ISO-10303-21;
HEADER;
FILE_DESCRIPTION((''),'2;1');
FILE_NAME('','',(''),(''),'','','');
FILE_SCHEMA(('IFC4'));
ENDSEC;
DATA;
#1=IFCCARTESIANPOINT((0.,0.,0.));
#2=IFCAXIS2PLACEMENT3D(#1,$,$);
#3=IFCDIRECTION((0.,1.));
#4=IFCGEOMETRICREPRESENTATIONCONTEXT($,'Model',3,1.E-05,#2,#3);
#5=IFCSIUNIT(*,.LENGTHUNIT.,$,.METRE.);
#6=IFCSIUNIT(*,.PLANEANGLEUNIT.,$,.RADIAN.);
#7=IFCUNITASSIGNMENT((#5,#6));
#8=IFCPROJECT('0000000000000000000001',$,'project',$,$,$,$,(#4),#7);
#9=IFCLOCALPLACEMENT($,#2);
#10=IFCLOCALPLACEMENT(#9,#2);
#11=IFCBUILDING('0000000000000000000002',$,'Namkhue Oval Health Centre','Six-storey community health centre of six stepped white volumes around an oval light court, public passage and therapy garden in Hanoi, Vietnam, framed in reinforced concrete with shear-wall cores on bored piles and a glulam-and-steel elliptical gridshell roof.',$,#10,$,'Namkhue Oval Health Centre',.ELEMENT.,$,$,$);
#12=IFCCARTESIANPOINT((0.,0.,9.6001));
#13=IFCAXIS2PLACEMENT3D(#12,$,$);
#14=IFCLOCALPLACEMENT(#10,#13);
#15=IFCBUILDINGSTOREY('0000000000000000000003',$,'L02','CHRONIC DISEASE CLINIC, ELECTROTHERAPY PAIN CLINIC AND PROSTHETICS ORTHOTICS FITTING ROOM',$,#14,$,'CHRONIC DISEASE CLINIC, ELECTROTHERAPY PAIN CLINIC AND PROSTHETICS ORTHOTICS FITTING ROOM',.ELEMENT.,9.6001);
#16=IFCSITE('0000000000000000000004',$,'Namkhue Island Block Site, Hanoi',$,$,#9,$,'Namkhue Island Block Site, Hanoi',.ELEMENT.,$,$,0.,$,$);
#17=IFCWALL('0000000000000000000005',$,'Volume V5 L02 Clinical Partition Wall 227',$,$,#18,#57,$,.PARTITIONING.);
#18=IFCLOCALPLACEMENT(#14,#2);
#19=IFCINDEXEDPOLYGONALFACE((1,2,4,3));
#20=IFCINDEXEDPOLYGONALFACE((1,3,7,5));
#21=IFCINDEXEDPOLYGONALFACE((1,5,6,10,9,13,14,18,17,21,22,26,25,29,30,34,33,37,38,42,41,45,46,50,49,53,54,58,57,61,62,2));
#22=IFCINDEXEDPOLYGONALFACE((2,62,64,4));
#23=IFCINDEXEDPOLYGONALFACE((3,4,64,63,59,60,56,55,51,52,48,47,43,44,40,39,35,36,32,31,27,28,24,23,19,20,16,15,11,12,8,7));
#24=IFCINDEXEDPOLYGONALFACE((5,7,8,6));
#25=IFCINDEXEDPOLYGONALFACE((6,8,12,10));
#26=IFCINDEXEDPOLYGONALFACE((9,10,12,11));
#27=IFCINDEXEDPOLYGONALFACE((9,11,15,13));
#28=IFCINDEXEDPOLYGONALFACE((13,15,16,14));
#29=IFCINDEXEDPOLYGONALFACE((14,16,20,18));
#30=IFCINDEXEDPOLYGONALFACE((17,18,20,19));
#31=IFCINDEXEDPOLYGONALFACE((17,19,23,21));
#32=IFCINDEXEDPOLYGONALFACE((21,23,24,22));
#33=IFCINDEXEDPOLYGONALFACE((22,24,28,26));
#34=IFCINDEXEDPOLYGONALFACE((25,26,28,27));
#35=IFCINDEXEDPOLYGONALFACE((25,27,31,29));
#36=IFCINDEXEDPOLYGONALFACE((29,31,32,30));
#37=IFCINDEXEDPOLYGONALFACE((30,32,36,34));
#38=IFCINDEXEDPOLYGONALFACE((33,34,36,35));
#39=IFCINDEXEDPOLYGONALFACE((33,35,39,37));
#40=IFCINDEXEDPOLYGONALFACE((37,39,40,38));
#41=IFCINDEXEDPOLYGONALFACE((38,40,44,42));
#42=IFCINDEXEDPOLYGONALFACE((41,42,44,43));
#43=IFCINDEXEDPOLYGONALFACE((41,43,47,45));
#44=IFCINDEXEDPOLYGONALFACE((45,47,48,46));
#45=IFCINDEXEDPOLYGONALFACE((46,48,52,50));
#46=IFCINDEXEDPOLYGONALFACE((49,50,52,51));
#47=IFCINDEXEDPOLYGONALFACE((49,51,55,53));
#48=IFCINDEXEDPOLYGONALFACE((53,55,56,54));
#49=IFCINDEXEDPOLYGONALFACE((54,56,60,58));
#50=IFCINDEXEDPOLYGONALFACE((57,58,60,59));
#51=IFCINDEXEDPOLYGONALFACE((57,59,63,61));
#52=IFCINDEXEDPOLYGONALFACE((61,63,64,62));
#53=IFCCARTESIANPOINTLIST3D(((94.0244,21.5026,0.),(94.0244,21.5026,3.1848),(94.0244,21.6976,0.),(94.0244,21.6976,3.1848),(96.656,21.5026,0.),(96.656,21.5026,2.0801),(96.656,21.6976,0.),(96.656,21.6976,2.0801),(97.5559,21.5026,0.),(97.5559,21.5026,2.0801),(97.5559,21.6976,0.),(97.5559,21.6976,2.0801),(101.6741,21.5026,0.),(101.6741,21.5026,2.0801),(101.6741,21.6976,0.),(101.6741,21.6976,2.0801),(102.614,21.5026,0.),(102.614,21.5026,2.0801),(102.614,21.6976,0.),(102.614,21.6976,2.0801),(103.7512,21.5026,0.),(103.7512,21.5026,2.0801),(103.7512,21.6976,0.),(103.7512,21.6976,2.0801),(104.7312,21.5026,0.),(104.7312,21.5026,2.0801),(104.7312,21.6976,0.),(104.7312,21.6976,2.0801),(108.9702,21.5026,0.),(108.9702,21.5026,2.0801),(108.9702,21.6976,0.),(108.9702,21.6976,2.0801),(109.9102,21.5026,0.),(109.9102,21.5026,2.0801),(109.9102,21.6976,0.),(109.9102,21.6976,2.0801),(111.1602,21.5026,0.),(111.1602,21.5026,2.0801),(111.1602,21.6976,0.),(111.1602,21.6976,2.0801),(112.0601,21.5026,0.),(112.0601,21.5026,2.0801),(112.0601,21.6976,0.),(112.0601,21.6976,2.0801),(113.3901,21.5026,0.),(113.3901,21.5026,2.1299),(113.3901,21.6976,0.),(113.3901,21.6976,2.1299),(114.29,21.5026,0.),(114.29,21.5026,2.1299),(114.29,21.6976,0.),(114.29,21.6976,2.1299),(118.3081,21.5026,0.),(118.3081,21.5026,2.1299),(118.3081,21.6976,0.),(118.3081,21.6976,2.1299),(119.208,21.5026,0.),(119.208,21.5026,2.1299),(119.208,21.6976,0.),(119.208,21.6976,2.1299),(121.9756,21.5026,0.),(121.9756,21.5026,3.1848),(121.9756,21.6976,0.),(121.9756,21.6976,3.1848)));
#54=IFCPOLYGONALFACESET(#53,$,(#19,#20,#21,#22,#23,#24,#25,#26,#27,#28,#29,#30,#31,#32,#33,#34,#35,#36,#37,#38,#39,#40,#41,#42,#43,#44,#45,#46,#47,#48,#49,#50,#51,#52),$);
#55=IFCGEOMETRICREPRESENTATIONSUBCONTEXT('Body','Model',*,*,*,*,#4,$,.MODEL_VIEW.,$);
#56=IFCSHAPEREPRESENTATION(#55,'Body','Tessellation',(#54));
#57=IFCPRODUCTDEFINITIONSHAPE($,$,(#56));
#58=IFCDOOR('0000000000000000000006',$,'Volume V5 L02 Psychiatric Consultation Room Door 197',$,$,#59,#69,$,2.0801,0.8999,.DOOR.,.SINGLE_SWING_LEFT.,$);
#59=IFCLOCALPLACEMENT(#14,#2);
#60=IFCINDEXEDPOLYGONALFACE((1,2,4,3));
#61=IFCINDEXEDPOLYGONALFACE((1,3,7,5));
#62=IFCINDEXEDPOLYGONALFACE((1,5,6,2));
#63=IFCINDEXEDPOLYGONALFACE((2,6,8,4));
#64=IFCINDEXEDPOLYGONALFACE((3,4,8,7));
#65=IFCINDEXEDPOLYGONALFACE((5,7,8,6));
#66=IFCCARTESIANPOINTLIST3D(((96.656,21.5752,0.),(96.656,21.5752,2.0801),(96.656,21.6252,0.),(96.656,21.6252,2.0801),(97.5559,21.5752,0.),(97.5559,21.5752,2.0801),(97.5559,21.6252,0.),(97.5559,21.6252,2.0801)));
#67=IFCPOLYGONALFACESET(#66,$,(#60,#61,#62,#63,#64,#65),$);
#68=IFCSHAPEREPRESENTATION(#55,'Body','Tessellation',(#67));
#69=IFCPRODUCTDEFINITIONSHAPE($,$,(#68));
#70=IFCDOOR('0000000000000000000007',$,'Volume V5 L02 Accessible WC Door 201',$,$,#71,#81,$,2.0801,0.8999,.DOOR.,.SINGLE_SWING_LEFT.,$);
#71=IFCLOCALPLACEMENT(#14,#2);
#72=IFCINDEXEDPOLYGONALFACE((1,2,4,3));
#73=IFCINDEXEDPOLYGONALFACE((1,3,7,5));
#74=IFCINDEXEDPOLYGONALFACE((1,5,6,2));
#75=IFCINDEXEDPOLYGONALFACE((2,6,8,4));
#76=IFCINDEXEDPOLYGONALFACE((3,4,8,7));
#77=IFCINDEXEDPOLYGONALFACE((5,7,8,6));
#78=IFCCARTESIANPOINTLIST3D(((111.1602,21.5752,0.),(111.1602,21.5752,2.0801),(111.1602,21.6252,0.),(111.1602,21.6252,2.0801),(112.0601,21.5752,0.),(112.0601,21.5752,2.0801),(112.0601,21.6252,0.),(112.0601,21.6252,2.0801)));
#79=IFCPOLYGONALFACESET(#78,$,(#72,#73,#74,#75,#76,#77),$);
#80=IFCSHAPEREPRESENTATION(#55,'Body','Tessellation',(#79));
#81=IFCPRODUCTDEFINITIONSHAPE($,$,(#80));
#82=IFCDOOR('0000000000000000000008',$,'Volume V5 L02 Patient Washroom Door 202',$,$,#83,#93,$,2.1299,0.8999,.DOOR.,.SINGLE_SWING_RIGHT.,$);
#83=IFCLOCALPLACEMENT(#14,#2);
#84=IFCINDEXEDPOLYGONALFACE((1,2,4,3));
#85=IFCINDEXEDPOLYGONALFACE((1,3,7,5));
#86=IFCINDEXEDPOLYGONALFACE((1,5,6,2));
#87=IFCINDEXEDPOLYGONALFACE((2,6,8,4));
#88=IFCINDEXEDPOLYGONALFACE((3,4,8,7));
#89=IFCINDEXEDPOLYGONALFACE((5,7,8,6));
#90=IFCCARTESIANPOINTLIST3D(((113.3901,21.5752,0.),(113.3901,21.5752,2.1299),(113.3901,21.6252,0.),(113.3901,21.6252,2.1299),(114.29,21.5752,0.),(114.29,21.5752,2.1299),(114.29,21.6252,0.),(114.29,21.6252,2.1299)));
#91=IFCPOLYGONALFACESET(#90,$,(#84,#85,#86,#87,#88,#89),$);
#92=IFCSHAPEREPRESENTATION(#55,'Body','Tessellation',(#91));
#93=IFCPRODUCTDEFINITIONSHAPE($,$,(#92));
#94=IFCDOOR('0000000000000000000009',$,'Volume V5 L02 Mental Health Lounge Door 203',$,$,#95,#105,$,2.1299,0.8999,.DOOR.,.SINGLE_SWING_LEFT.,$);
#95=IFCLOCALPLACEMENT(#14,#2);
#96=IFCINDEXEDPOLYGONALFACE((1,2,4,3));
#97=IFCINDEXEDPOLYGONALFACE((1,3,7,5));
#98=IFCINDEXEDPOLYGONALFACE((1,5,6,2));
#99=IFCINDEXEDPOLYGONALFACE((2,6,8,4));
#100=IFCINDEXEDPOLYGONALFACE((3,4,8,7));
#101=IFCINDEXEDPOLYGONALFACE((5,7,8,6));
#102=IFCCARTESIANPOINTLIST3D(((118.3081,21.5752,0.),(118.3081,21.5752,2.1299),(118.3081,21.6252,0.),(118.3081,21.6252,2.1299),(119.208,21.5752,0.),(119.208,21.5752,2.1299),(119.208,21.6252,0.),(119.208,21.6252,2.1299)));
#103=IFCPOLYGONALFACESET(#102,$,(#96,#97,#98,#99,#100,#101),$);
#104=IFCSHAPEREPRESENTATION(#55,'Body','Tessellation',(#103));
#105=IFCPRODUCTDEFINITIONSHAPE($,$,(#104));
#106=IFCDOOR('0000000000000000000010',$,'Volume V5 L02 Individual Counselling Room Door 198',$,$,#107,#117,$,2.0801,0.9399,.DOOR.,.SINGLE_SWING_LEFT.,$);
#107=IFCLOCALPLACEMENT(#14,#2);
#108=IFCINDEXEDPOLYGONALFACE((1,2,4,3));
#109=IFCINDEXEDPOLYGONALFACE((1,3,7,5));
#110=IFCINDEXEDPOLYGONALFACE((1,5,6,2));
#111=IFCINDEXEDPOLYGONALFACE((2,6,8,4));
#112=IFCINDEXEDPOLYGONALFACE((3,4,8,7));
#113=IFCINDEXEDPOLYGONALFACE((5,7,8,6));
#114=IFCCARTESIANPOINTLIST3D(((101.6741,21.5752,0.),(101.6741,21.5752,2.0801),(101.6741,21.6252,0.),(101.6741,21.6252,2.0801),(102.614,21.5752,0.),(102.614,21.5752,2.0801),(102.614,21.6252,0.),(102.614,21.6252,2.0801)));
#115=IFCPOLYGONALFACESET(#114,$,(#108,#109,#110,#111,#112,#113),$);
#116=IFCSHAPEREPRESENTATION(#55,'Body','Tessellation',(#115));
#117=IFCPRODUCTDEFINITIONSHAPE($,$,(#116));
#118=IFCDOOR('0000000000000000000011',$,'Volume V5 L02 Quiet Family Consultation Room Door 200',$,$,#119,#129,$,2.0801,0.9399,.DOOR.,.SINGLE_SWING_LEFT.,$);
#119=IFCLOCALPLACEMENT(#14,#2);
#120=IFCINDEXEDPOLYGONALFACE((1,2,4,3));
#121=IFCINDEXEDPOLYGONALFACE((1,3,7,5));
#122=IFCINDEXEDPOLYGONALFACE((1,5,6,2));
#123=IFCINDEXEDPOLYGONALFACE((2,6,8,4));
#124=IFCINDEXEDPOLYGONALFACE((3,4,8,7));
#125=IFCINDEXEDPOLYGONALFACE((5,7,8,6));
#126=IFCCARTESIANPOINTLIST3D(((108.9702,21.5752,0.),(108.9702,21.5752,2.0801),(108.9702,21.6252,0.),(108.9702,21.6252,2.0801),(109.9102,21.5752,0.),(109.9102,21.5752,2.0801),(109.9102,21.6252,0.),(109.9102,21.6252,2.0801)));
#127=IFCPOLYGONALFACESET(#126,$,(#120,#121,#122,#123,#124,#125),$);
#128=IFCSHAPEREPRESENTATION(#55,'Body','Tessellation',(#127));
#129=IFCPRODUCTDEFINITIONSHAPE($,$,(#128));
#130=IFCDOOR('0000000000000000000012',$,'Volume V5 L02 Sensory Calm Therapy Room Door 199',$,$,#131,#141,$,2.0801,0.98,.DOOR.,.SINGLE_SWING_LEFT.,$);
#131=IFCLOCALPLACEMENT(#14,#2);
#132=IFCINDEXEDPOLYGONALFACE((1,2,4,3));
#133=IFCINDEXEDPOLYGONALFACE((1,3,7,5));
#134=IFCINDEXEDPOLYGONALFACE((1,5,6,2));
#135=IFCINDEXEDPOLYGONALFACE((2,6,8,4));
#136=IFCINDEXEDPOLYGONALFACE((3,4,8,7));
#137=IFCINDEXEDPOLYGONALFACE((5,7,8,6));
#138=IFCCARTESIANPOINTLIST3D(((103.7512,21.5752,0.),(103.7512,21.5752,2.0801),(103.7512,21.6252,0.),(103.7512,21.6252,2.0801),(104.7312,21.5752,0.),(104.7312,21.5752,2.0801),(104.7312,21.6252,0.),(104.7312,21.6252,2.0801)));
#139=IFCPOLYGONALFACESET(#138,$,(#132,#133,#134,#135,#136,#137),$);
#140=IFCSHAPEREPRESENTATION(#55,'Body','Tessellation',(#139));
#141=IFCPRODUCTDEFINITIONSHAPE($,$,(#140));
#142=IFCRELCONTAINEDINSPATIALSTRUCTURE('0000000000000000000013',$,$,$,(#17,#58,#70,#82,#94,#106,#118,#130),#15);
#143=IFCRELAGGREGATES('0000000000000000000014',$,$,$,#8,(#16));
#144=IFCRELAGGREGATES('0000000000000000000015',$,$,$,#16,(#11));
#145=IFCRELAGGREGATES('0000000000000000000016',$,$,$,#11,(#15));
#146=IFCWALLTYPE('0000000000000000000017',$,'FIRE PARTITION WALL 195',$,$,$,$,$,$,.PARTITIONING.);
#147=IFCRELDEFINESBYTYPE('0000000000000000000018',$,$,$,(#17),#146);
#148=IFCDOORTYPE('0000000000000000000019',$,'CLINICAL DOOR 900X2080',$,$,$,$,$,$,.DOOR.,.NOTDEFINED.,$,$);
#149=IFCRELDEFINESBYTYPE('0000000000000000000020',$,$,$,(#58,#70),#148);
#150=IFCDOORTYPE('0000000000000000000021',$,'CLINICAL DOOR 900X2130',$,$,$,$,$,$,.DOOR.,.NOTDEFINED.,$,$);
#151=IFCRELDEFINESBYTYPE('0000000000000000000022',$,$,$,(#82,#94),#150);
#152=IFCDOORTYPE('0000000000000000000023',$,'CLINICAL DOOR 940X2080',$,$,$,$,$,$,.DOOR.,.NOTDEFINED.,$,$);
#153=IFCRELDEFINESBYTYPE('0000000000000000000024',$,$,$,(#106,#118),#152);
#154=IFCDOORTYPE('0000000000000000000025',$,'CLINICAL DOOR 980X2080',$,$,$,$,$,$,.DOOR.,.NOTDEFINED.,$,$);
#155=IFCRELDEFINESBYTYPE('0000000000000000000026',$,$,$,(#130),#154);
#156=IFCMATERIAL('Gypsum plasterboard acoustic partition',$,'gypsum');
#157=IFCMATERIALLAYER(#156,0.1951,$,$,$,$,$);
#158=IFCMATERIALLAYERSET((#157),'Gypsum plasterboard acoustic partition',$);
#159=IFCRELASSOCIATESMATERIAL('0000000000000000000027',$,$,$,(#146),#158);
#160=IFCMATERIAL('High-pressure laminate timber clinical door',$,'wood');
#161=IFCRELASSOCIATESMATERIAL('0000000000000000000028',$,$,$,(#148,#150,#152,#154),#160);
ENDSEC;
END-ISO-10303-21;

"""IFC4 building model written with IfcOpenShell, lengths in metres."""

from ifc_helpers import new_model, si_unit, direction, frame, frame_2d, origin, place, context, subcontext, project, spatial, rectangle, extrude, material, layer, layer_set, type_object, element, fill, save


model = new_model("IFC4")

# Units and contexts
model_context = context("Model", 3, precision=1e-05, world=origin(), true_north=direction((0.0, 1.0)))
body_context = subcontext(model_context, "Body", "Model", "MODEL_VIEW")
ifc_project = project(units=[si_unit("LENGTHUNIT", "METRE"), si_unit("PLANEANGLEUNIT", "RADIAN")], contexts=[model_context])

# Site, building, storey
site_placement = place(None, origin())
site = spatial("IfcSite", under=ifc_project, at=site_placement, Name="Namkhue Island Block Site, Hanoi", LongName="Namkhue Island Block Site, Hanoi", CompositionType="ELEMENT", RefElevation=0.0)
building_placement = place(site_placement, origin())
building = spatial("IfcBuilding", under=site, at=building_placement, Name="Namkhue Oval Health Centre", Description="Six-storey community health centre of six stepped white volumes around an oval light court, public passage and therapy garden in Hanoi, Vietnam, framed in reinforced concrete with shear-wall cores on bored piles and a glulam-and-steel elliptical gridshell roof.", LongName="Namkhue Oval Health Centre", CompositionType="ELEMENT")
storey_placement = place(building_placement, frame((0.0, 0.0, 9.6001)))
storey = spatial("IfcBuildingStorey", under=building, at=storey_placement, Name="L02", Description="CHRONIC DISEASE CLINIC, ELECTROTHERAPY PAIN CLINIC AND PROSTHETICS ORTHOTICS FITTING ROOM", LongName="CHRONIC DISEASE CLINIC, ELECTROTHERAPY PAIN CLINIC AND PROSTHETICS ORTHOTICS FITTING ROOM", CompositionType="ELEMENT", Elevation=9.6001)

# Wall, openings, doors
ifc_material_1 = material(Name="Gypsum plasterboard acoustic partition", Category="gypsum")
ifc_layer_1 = layer(ifc_material_1, 0.1951)
ifc_layer_set_1 = layer_set([ifc_layer_1], Name="Gypsum plasterboard acoustic partition")
wall_type_1 = type_object("IfcWallType", Name="FIRE PARTITION WALL 195", PredefinedType="PARTITIONING", material=ifc_layer_set_1)
wall_1_placement = place(storey_placement, frame((94.0244, 21.6001, 0.0), z_axis=(0.0, 0.0, 1.0), x_axis=(1.0, 0.0, 0.0)))
wall_1 = element("IfcWall", 1, at=wall_1_placement, inside=storey, type_object=wall_type_1, Name="Volume V5 L02 Clinical Partition Wall 227", PredefinedType="PARTITIONING", context=body_context, shape_type="SweptSolid", body=[
    extrude(rectangle(XDim=27.9512, YDim=0.1951, at=frame_2d((13.9756, 0.0))), origin(), (0.0, 0.0, 1.0), 3.1848),
])
opening_1_placement = place(wall_1_placement, frame((2.6316, 0.0, 0.0)))
opening_1 = element("IfcOpeningElement", 2, at=opening_1_placement, cuts=wall_1, PredefinedType="OPENING", context=body_context, shape_type="SweptSolid", body=[
    extrude(rectangle(XDim=0.8999, YDim=2.0801, at=frame_2d((0.45, 1.04))), frame((0.0, 0.1074, 0.0), z_axis=(0.0, -1.0, 0.0), x_axis=(1.0, 0.0, 0.0)), (0.0, 0.0, 1.0), 0.2151),
])
opening_2_placement = place(wall_1_placement, frame((7.6497, 0.0, 0.0)))
opening_2 = element("IfcOpeningElement", 3, at=opening_2_placement, cuts=wall_1, PredefinedType="OPENING", context=body_context, shape_type="SweptSolid", body=[
    extrude(rectangle(XDim=0.9399, YDim=2.0801, at=frame_2d((0.47, 1.04))), frame((0.0, 0.1074, 0.0), z_axis=(0.0, -1.0, 0.0), x_axis=(1.0, 0.0, 0.0)), (0.0, 0.0, 1.0), 0.2151),
])
opening_3_placement = place(wall_1_placement, frame((9.7268, 0.0, 0.0)))
opening_3 = element("IfcOpeningElement", 4, at=opening_3_placement, cuts=wall_1, PredefinedType="OPENING", context=body_context, shape_type="SweptSolid", body=[
    extrude(rectangle(XDim=0.98, YDim=2.0801, at=frame_2d((0.49, 1.04))), frame((0.0, 0.1074, 0.0), z_axis=(0.0, -1.0, 0.0), x_axis=(1.0, 0.0, 0.0)), (0.0, 0.0, 1.0), 0.2151),
])
opening_4_placement = place(wall_1_placement, frame((14.9458, 0.0, 0.0)))
opening_4 = element("IfcOpeningElement", 5, at=opening_4_placement, cuts=wall_1, PredefinedType="OPENING", context=body_context, shape_type="SweptSolid", body=[
    extrude(rectangle(XDim=0.9399, YDim=2.0801, at=frame_2d((0.47, 1.04))), frame((0.0, 0.1074, 0.0), z_axis=(0.0, -1.0, 0.0), x_axis=(1.0, 0.0, 0.0)), (0.0, 0.0, 1.0), 0.2151),
])
opening_5_placement = place(wall_1_placement, frame((17.1357, 0.0, 0.0)))
opening_5 = element("IfcOpeningElement", 6, at=opening_5_placement, cuts=wall_1, PredefinedType="OPENING", context=body_context, shape_type="SweptSolid", body=[
    extrude(rectangle(XDim=0.8999, YDim=2.0801, at=frame_2d((0.45, 1.04))), frame((0.0, 0.1074, 0.0), z_axis=(0.0, -1.0, 0.0), x_axis=(1.0, 0.0, 0.0)), (0.0, 0.0, 1.0), 0.2151),
])
opening_6_placement = place(wall_1_placement, frame((19.3657, 0.0, 0.0)))
opening_6 = element("IfcOpeningElement", 7, at=opening_6_placement, cuts=wall_1, PredefinedType="OPENING", context=body_context, shape_type="SweptSolid", body=[
    extrude(rectangle(XDim=0.8999, YDim=2.1299, at=frame_2d((0.45, 1.0649))), frame((0.0, 0.1074, 0.0), z_axis=(0.0, -1.0, 0.0), x_axis=(1.0, 0.0, 0.0)), (0.0, 0.0, 1.0), 0.2151),
])
opening_7_placement = place(wall_1_placement, frame((24.2837, 0.0, 0.0)))
opening_7 = element("IfcOpeningElement", 8, at=opening_7_placement, cuts=wall_1, PredefinedType="OPENING", context=body_context, shape_type="SweptSolid", body=[
    extrude(rectangle(XDim=0.8999, YDim=2.1299, at=frame_2d((0.45, 1.0649))), frame((0.0, 0.1074, 0.0), z_axis=(0.0, -1.0, 0.0), x_axis=(1.0, 0.0, 0.0)), (0.0, 0.0, 1.0), 0.2151),
])
ifc_material_2 = material(Name="High-pressure laminate timber clinical door", Category="wood")
door_type_1 = type_object("IfcDoorType", Name="CLINICAL DOOR 900X2080", OperationType="NOTDEFINED", PredefinedType="DOOR", material=ifc_material_2)
door_1_placement = place(opening_1_placement, frame((0.8999, 0.0, 0.0), z_axis=(0.0, 0.0, 1.0), x_axis=(-1.0, 0.0, 0.0)))
door_1 = element("IfcDoor", 9, at=door_1_placement, inside=storey, type_object=door_type_1, Name="Volume V5 L02 Psychiatric Consultation Room Door 197", OperationType="SINGLE_SWING_LEFT", OverallHeight=2.0801, OverallWidth=0.8999, PredefinedType="DOOR", context=body_context, shape_type="SweptSolid", body=[
    extrude(rectangle(XDim=0.8999, YDim=2.0801, at=frame_2d((0.45, 1.04))), frame((0.0, 0.0249, 0.0), z_axis=(0.0, -1.0, 0.0), x_axis=(1.0, 0.0, 0.0)), (0.0, 0.0, 1.0), 0.05),
])
fill(opening_1, door_1)
door_2_placement = place(opening_5_placement, frame((0.8999, 0.0, 0.0), z_axis=(0.0, 0.0, 1.0), x_axis=(-1.0, 0.0, 0.0)))
door_2 = element("IfcDoor", 10, at=door_2_placement, inside=storey, type_object=door_type_1, Name="Volume V5 L02 Accessible WC Door 201", OperationType="SINGLE_SWING_LEFT", OverallHeight=2.0801, OverallWidth=0.8999, PredefinedType="DOOR", context=body_context, shape_type="SweptSolid", body=[
    extrude(rectangle(XDim=0.8999, YDim=2.0801, at=frame_2d((0.45, 1.04))), frame((0.0, 0.0249, 0.0), z_axis=(0.0, -1.0, 0.0), x_axis=(1.0, 0.0, 0.0)), (0.0, 0.0, 1.0), 0.05),
])
fill(opening_5, door_2)
door_type_2 = type_object("IfcDoorType", Name="CLINICAL DOOR 900X2130", OperationType="NOTDEFINED", PredefinedType="DOOR", material=ifc_material_2)
door_3_placement = place(opening_6_placement, frame((0.8999, 0.0, 0.0), z_axis=(0.0, 0.0, 1.0), x_axis=(-1.0, 0.0, 0.0)))
door_3 = element("IfcDoor", 11, at=door_3_placement, inside=storey, type_object=door_type_2, Name="Volume V5 L02 Patient Washroom Door 202", OperationType="SINGLE_SWING_RIGHT", OverallHeight=2.1299, OverallWidth=0.8999, PredefinedType="DOOR", context=body_context, shape_type="SweptSolid", body=[
    extrude(rectangle(XDim=0.8999, YDim=2.1299, at=frame_2d((0.45, 1.0649))), frame((0.0, 0.0249, 0.0), z_axis=(0.0, -1.0, 0.0), x_axis=(1.0, 0.0, 0.0)), (0.0, 0.0, 1.0), 0.05),
])
fill(opening_6, door_3)
door_4_placement = place(opening_7_placement, frame((0.8999, 0.0, 0.0), z_axis=(0.0, 0.0, 1.0), x_axis=(-1.0, 0.0, 0.0)))
door_4 = element("IfcDoor", 12, at=door_4_placement, inside=storey, type_object=door_type_2, Name="Volume V5 L02 Mental Health Lounge Door 203", OperationType="SINGLE_SWING_LEFT", OverallHeight=2.1299, OverallWidth=0.8999, PredefinedType="DOOR", context=body_context, shape_type="SweptSolid", body=[
    extrude(rectangle(XDim=0.8999, YDim=2.1299, at=frame_2d((0.45, 1.0649))), frame((0.0, 0.0249, 0.0), z_axis=(0.0, -1.0, 0.0), x_axis=(1.0, 0.0, 0.0)), (0.0, 0.0, 1.0), 0.05),
])
fill(opening_7, door_4)
door_type_3 = type_object("IfcDoorType", Name="CLINICAL DOOR 940X2080", OperationType="NOTDEFINED", PredefinedType="DOOR", material=ifc_material_2)
door_5_placement = place(opening_2_placement, frame((0.9399, 0.0, 0.0), z_axis=(0.0, 0.0, 1.0), x_axis=(-1.0, 0.0, 0.0)))
door_5 = element("IfcDoor", 13, at=door_5_placement, inside=storey, type_object=door_type_3, Name="Volume V5 L02 Individual Counselling Room Door 198", OperationType="SINGLE_SWING_LEFT", OverallHeight=2.0801, OverallWidth=0.9399, PredefinedType="DOOR", context=body_context, shape_type="SweptSolid", body=[
    extrude(rectangle(XDim=0.9399, YDim=2.0801, at=frame_2d((0.47, 1.04))), frame((0.0, 0.0249, 0.0), z_axis=(0.0, -1.0, 0.0), x_axis=(1.0, 0.0, 0.0)), (0.0, 0.0, 1.0), 0.05),
])
fill(opening_2, door_5)
door_6_placement = place(opening_4_placement, frame((0.9399, 0.0, 0.0), z_axis=(0.0, 0.0, 1.0), x_axis=(-1.0, 0.0, 0.0)))
door_6 = element("IfcDoor", 14, at=door_6_placement, inside=storey, type_object=door_type_3, Name="Volume V5 L02 Quiet Family Consultation Room Door 200", OperationType="SINGLE_SWING_LEFT", OverallHeight=2.0801, OverallWidth=0.9399, PredefinedType="DOOR", context=body_context, shape_type="SweptSolid", body=[
    extrude(rectangle(XDim=0.9399, YDim=2.0801, at=frame_2d((0.47, 1.04))), frame((0.0, 0.0249, 0.0), z_axis=(0.0, -1.0, 0.0), x_axis=(1.0, 0.0, 0.0)), (0.0, 0.0, 1.0), 0.05),
])
fill(opening_4, door_6)
door_type_4 = type_object("IfcDoorType", Name="CLINICAL DOOR 980X2080", OperationType="NOTDEFINED", PredefinedType="DOOR", material=ifc_material_2)
door_7_placement = place(opening_3_placement, frame((0.98, 0.0, 0.0), z_axis=(0.0, 0.0, 1.0), x_axis=(-1.0, 0.0, 0.0)))
door_7 = element("IfcDoor", 15, at=door_7_placement, inside=storey, type_object=door_type_4, Name="Volume V5 L02 Sensory Calm Therapy Room Door 199", OperationType="SINGLE_SWING_LEFT", OverallHeight=2.0801, OverallWidth=0.98, PredefinedType="DOOR", context=body_context, shape_type="SweptSolid", body=[
    extrude(rectangle(XDim=0.98, YDim=2.0801, at=frame_2d((0.49, 1.04))), frame((0.0, 0.0249, 0.0), z_axis=(0.0, -1.0, 0.0), x_axis=(1.0, 0.0, 0.0)), (0.0, 0.0, 1.0), 0.05),
])
fill(opening_3, door_7)

save(model, "model.ifc")
